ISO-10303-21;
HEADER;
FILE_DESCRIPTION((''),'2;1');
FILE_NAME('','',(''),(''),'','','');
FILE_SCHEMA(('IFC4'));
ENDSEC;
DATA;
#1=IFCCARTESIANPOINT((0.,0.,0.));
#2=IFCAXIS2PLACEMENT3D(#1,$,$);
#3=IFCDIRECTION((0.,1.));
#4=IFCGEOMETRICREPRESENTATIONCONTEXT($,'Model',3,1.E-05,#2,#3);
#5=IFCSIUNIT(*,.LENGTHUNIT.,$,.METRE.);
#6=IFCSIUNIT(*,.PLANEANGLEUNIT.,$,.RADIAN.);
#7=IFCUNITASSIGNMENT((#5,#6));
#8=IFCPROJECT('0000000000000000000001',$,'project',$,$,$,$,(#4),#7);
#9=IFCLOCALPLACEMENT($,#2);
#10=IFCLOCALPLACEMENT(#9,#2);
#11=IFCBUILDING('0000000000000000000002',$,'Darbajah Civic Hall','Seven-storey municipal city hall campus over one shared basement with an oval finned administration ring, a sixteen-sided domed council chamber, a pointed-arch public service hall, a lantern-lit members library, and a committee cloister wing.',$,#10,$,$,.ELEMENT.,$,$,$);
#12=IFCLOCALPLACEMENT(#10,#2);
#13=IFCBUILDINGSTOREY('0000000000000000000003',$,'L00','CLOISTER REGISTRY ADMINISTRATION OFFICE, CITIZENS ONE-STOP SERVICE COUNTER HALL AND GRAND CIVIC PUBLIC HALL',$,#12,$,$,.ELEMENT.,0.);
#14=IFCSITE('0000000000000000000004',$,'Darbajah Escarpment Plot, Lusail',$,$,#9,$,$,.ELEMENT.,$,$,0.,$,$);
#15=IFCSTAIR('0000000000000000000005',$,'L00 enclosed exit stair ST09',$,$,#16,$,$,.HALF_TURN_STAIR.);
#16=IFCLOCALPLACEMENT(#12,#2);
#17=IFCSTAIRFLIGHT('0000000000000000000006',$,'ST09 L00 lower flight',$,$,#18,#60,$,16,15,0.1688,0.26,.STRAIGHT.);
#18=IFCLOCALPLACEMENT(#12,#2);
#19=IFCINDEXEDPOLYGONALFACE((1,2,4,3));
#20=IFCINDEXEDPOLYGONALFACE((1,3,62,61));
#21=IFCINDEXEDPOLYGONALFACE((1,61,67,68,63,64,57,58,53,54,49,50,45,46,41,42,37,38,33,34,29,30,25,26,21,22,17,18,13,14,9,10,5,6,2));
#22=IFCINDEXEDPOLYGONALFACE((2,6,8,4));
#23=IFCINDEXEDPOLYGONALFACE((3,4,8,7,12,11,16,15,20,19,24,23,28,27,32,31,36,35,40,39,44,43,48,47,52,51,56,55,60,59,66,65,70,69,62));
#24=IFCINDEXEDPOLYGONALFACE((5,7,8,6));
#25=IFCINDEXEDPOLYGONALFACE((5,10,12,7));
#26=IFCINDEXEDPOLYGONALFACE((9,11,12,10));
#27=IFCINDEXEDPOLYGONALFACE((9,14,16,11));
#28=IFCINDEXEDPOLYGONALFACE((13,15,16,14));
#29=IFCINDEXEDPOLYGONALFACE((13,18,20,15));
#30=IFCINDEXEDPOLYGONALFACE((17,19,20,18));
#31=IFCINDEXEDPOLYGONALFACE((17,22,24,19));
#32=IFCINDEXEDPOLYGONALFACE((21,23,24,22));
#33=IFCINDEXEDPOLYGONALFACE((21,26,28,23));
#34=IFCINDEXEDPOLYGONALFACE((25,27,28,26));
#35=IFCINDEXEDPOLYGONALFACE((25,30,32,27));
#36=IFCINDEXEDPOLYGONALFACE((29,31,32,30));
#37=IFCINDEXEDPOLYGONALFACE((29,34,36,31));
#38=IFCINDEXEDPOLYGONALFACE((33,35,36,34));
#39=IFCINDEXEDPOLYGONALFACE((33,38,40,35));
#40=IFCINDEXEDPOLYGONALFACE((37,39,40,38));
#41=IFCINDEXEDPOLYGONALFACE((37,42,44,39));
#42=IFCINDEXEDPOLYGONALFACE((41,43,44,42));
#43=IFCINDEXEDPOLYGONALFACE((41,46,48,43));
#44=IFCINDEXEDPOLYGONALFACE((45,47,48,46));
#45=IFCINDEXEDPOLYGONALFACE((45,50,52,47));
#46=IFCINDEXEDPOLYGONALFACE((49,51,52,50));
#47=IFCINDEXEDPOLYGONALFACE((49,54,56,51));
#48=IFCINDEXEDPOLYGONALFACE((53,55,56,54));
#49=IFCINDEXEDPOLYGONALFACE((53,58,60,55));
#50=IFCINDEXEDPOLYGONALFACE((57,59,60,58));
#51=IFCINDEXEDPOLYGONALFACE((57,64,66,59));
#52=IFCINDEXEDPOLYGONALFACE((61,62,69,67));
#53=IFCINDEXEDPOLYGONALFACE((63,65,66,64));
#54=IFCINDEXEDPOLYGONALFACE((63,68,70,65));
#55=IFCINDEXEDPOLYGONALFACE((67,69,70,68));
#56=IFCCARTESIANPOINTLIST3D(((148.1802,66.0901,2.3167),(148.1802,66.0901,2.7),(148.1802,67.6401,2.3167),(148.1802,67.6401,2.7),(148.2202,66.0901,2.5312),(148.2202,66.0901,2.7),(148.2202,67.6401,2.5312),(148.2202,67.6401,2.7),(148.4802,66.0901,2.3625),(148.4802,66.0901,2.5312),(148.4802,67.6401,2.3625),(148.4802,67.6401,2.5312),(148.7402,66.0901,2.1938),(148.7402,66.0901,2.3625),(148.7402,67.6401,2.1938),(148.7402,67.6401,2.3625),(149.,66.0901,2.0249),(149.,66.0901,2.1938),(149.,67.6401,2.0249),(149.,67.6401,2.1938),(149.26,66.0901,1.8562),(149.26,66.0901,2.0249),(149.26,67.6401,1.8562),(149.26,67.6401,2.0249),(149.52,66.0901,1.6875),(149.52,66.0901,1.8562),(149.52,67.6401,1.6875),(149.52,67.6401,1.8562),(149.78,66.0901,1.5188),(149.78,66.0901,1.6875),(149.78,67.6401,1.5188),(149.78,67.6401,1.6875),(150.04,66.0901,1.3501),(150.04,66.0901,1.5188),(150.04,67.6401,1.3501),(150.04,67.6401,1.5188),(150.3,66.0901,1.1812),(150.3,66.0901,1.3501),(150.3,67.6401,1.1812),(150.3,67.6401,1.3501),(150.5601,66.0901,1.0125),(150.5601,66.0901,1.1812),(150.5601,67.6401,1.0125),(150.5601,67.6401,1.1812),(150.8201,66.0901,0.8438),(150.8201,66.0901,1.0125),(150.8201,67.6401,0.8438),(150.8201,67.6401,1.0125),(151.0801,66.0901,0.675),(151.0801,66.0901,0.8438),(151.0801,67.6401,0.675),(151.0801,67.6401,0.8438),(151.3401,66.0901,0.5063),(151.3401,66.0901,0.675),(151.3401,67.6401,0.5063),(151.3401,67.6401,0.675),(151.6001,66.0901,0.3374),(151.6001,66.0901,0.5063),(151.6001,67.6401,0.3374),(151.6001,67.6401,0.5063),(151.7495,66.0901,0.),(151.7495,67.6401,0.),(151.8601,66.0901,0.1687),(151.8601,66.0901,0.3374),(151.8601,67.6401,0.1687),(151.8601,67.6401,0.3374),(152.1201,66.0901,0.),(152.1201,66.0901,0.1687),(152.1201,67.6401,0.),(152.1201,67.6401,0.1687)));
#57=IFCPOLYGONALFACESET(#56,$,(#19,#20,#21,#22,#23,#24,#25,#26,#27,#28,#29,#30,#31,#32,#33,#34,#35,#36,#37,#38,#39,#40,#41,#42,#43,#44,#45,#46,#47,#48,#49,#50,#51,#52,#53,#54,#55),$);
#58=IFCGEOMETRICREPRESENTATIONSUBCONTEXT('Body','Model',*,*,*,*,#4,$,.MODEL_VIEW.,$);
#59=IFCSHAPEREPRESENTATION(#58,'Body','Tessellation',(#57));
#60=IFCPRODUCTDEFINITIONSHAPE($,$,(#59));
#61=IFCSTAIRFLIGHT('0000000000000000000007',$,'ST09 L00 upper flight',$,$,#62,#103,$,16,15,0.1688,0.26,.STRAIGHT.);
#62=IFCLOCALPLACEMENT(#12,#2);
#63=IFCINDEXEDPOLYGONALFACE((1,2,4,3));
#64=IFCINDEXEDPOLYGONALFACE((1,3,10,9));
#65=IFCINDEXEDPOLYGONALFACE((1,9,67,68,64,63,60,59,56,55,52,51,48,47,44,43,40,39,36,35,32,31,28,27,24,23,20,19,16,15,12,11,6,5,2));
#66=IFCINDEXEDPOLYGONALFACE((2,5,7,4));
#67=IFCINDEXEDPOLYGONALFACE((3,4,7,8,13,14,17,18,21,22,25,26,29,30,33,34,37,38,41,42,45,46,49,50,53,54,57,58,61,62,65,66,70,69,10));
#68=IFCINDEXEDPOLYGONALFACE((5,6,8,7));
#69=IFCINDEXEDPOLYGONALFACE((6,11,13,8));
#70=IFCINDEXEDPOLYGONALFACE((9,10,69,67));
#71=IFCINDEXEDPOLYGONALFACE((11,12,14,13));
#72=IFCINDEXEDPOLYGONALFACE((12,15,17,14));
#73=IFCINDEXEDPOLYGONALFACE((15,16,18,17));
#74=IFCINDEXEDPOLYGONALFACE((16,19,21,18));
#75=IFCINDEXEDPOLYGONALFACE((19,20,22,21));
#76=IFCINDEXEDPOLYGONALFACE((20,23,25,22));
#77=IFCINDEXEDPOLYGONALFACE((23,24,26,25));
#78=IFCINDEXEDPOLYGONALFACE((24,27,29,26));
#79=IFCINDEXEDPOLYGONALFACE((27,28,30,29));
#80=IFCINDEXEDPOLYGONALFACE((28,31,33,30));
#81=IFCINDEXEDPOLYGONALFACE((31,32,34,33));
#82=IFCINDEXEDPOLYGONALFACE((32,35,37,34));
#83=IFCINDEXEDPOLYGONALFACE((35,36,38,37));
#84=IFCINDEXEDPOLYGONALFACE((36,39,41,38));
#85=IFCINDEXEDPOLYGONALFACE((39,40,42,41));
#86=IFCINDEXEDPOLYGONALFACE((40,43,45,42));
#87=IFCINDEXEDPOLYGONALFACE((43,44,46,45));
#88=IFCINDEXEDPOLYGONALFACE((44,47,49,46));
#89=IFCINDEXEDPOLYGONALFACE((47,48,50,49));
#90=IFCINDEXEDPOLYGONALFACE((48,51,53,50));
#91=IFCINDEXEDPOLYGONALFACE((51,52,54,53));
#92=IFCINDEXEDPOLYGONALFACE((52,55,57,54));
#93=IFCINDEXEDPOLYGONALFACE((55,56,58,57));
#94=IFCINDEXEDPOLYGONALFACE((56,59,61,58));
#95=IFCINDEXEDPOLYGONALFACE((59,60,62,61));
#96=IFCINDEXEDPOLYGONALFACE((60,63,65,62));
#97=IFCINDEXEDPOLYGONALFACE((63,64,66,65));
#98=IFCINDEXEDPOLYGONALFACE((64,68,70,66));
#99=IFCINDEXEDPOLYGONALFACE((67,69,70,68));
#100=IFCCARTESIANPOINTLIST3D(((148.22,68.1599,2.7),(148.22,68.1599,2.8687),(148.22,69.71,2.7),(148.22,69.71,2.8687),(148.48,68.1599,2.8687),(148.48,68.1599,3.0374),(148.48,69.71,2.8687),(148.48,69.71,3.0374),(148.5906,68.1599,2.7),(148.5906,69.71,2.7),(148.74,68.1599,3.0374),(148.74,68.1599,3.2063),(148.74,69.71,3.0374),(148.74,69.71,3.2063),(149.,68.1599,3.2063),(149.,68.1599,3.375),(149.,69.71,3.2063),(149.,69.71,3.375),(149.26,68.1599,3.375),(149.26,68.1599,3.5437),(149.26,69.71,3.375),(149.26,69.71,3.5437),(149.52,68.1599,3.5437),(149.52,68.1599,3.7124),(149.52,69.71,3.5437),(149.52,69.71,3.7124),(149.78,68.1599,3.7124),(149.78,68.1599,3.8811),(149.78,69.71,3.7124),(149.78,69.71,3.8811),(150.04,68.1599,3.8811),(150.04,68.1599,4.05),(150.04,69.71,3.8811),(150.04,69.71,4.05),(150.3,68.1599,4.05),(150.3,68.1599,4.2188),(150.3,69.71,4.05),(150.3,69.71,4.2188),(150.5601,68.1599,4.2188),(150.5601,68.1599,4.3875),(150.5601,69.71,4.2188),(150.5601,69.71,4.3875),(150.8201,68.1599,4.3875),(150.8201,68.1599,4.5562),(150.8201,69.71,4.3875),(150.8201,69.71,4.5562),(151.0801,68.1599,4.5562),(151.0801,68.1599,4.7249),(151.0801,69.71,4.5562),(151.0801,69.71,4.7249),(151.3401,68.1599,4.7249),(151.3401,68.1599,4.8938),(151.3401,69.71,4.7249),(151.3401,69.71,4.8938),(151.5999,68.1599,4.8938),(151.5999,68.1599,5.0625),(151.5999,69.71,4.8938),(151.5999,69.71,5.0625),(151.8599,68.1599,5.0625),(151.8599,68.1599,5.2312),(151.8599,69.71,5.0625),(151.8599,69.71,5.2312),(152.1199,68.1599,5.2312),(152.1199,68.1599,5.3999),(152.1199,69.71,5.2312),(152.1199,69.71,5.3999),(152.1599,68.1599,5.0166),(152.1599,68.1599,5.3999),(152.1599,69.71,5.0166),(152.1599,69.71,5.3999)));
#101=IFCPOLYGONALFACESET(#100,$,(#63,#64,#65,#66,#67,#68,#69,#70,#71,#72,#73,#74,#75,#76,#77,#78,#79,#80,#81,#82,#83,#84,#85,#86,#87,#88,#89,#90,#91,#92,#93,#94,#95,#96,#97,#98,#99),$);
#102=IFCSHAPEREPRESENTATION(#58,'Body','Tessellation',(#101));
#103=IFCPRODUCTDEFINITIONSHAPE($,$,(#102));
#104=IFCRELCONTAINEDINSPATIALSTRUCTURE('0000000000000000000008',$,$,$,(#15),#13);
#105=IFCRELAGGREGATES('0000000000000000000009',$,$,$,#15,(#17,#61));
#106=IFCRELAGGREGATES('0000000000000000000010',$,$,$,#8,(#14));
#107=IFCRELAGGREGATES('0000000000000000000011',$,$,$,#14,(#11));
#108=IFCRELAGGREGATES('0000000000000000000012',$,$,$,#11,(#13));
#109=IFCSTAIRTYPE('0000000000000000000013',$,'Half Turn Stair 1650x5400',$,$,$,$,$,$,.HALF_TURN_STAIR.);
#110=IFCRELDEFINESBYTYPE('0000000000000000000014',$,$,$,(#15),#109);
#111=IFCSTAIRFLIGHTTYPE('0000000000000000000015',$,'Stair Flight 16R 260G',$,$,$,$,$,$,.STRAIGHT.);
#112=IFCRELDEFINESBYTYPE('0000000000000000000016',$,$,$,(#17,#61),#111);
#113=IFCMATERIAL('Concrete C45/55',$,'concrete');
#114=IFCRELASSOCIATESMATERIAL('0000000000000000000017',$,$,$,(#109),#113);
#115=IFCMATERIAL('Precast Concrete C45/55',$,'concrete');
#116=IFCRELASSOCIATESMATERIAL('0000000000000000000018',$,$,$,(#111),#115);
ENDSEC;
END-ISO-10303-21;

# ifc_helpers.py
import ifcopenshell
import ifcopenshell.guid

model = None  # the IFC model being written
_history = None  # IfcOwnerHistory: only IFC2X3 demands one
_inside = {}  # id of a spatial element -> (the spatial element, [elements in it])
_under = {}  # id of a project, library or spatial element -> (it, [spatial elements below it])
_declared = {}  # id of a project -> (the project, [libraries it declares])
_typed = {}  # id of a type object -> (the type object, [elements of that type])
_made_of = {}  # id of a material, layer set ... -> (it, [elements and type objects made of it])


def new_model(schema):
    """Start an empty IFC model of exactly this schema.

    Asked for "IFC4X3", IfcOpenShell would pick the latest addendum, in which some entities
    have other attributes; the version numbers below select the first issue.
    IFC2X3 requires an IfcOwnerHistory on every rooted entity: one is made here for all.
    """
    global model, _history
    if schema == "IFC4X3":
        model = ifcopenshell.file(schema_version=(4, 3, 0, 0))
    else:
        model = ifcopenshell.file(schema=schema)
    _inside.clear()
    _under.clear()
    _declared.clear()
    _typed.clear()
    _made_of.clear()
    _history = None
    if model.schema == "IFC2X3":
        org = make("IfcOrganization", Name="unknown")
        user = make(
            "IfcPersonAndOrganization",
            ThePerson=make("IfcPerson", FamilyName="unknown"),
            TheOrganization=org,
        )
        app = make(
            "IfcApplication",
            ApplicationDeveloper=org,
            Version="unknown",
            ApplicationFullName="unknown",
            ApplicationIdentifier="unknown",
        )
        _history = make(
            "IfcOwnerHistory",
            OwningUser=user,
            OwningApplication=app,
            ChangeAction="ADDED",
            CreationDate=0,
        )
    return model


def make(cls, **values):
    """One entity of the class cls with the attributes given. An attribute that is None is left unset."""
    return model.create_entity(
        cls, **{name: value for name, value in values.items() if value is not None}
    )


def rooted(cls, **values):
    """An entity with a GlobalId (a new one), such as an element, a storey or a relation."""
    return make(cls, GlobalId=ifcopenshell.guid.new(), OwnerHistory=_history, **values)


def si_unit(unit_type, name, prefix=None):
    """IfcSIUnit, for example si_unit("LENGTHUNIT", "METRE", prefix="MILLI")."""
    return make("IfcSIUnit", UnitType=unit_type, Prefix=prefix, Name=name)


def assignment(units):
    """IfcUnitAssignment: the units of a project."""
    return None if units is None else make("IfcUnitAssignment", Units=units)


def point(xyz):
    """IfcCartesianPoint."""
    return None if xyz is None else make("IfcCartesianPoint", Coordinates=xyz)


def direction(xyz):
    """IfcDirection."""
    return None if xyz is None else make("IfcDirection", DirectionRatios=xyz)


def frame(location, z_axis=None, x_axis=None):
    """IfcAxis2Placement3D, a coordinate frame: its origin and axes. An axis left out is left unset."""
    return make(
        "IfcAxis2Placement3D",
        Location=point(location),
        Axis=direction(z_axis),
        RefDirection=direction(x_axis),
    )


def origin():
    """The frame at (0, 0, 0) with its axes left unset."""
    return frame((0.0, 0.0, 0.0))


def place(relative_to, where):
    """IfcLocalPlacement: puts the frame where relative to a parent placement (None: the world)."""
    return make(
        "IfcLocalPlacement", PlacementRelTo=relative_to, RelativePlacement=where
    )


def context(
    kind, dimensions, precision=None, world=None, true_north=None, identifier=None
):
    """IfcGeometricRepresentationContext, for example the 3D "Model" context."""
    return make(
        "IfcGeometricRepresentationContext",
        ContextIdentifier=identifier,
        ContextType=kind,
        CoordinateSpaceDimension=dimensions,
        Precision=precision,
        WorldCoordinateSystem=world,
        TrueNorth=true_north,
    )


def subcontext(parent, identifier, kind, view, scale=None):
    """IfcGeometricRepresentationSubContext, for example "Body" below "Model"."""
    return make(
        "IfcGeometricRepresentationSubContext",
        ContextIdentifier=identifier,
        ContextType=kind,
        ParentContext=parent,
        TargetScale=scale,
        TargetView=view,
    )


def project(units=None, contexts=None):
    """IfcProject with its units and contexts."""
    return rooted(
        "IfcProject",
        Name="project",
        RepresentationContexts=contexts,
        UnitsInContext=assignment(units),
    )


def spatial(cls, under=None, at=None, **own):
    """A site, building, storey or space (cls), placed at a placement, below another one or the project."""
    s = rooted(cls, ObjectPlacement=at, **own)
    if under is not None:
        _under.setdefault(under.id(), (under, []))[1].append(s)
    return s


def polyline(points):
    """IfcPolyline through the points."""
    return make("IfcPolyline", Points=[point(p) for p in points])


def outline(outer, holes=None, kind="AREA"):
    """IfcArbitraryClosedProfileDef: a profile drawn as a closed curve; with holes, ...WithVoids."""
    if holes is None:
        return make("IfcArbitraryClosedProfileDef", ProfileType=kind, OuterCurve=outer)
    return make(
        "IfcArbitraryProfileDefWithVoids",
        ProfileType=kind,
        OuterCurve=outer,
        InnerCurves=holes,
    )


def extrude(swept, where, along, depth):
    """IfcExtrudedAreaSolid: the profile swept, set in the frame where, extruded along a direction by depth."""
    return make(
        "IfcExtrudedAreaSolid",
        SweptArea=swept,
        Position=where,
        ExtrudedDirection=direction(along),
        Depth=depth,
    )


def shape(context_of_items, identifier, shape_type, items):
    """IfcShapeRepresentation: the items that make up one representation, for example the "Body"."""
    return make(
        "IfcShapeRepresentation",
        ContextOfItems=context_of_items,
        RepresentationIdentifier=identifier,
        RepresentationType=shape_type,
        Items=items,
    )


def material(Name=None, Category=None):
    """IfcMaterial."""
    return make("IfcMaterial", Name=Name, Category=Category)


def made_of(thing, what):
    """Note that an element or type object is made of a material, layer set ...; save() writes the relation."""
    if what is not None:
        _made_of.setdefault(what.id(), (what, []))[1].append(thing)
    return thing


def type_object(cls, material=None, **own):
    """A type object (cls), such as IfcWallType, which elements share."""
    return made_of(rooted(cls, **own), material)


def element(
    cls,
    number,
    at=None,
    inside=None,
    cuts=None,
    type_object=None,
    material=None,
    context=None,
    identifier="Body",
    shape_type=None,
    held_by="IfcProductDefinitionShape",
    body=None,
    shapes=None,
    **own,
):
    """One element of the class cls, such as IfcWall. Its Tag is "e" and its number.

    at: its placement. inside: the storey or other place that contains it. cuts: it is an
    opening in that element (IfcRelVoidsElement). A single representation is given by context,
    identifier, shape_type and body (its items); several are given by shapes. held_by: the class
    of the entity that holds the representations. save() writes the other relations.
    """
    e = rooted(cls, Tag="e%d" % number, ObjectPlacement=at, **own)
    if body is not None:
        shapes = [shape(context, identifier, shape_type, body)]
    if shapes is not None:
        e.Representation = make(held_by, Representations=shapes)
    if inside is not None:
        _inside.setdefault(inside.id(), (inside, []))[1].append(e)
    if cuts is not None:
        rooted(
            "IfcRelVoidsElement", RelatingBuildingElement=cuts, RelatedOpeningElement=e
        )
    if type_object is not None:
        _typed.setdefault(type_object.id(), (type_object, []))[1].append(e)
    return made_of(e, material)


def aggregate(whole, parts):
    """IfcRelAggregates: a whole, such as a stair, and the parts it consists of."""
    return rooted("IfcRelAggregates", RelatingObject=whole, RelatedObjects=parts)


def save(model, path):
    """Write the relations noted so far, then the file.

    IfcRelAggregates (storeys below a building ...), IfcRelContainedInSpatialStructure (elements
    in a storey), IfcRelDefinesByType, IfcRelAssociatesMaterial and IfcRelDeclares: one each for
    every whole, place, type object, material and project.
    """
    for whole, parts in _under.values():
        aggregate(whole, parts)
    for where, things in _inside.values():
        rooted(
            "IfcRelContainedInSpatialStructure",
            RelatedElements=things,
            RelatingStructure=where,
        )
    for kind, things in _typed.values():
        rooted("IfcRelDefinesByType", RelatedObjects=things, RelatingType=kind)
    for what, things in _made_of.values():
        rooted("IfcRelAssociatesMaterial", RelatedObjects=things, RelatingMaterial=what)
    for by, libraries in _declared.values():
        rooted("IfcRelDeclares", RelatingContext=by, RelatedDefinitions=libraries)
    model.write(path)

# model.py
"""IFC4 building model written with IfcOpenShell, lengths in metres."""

from ifc_helpers import new_model, si_unit, direction, frame, origin, place, context, subcontext, project, spatial, polyline, outline, extrude, material, type_object, element, aggregate, save


model = new_model("IFC4")

# Units and contexts
model_context = context("Model", 3, precision=1e-05, world=origin(), true_north=direction((0.0, 1.0)))
body_context = subcontext(model_context, "Body", "Model", "MODEL_VIEW")
ifc_project = project(units=[si_unit("LENGTHUNIT", "METRE"), si_unit("PLANEANGLEUNIT", "RADIAN")], contexts=[model_context])

# Site, building, storey
site_placement = place(None, origin())
site = spatial("IfcSite", under=ifc_project, at=site_placement, Name="Darbajah Escarpment Plot, Lusail", CompositionType="ELEMENT", RefElevation=0.0)
building_placement = place(site_placement, origin())
building = spatial("IfcBuilding", under=site, at=building_placement, Name="Darbajah Civic Hall", Description="Seven-storey municipal city hall campus over one shared basement with an oval finned administration ring, a sixteen-sided domed council chamber, a pointed-arch public service hall, a lantern-lit members library, and a committee cloister wing.", CompositionType="ELEMENT")
storey_placement = place(building_placement, origin())
storey = spatial("IfcBuildingStorey", under=building, at=storey_placement, Name="L00", Description="CLOISTER REGISTRY ADMINISTRATION OFFICE, CITIZENS ONE-STOP SERVICE COUNTER HALL AND GRAND CIVIC PUBLIC HALL", CompositionType="ELEMENT", Elevation=0.0)

# Shared definitions
ifc_material_1 = material(Name="Concrete C45/55", Category="concrete")

# Stair, stair flights
stair_type = type_object("IfcStairType", Name="Half Turn Stair 1650x5400", PredefinedType="HALF_TURN_STAIR", material=ifc_material_1)
stair_placement = place(storey_placement, origin())
stair = element("IfcStair", 1, at=stair_placement, inside=storey, type_object=stair_type, Name="L00 enclosed exit stair ST09", PredefinedType="HALF_TURN_STAIR")
ifc_material_2 = material(Name="Precast Concrete C45/55", Category="concrete")
stair_flight_type = type_object("IfcStairFlightType", Name="Stair Flight 16R 260G", PredefinedType="STRAIGHT", material=ifc_material_2)
stair_flight_1_placement = place(storey_placement, frame((152.1201, 66.865, 0.0), z_axis=(0.0, 0.0, 1.0), x_axis=(-1.0, 0.0, 0.0)))
stair_flight_1 = element("IfcStairFlight", 2, at=stair_flight_1_placement, type_object=stair_flight_type, Name="ST09 L00 lower flight", NumberOfRisers=16, NumberOfTreads=15, PredefinedType="STRAIGHT", RiserHeight=0.1688, TreadLength=0.26, context=body_context, shape_type="SweptSolid", body=[
    extrude(outline(polyline([(0.0, 0.0), (0.0, 0.1687), (0.26, 0.1687), (0.26, 0.3374), (0.52, 0.3374), (0.52, 0.5063), (0.78, 0.5063), (0.78, 0.675), (1.04, 0.675), (1.04, 0.8438), (1.3, 0.8438), (1.3, 1.0125), (1.5601, 1.0125), (1.5601, 1.1812), (1.8201, 1.1812), (1.8201, 1.3501), (2.0801, 1.3501), (2.0801, 1.5188), (2.3401, 1.5188), (2.3401, 1.6875), (2.6001, 1.6875), (2.6001, 1.8562), (2.8601, 1.8562), (2.8601, 2.0249), (3.1201, 2.0249), (3.1201, 2.1938), (3.3799, 2.1938), (3.3799, 2.3625), (3.6399, 2.3625), (3.6399, 2.5312), (3.8999, 2.5312), (3.8999, 2.7), (3.9399, 2.7), (3.9399, 2.3167), (0.3706, 0.0), (0.0, 0.0)])), frame((0.0, 0.7749, 0.0), z_axis=(0.0, -1.0, 0.0), x_axis=(1.0, 0.0, 0.0)), (0.0, 0.0, 1.0), 1.55),
])
stair_flight_2_placement = place(storey_placement, frame((148.22, 68.9351, 2.7), z_axis=(0.0, 0.0, 1.0), x_axis=(1.0, 0.0, 0.0)))
stair_flight_2 = element("IfcStairFlight", 3, at=stair_flight_2_placement, type_object=stair_flight_type, Name="ST09 L00 upper flight", NumberOfRisers=16, NumberOfTreads=15, PredefinedType="STRAIGHT", RiserHeight=0.1688, TreadLength=0.26, context=body_context, shape_type="SweptSolid", body=[
    extrude(outline(polyline([(0.0, 0.0), (0.0, 0.1687), (0.26, 0.1687), (0.26, 0.3374), (0.52, 0.3374), (0.52, 0.5063), (0.78, 0.5063), (0.78, 0.675), (1.04, 0.675), (1.04, 0.8438), (1.3, 0.8438), (1.3, 1.0125), (1.5601, 1.0125), (1.5601, 1.1812), (1.8201, 1.1812), (1.8201, 1.3501), (2.0801, 1.3501), (2.0801, 1.5188), (2.3401, 1.5188), (2.3401, 1.6875), (2.6001, 1.6875), (2.6001, 1.8562), (2.8601, 1.8562), (2.8601, 2.0249), (3.1201, 2.0249), (3.1201, 2.1938), (3.3799, 2.1938), (3.3799, 2.3625), (3.6399, 2.3625), (3.6399, 2.5312), (3.8999, 2.5312), (3.8999, 2.7), (3.9399, 2.7), (3.9399, 2.3167), (0.3706, 0.0), (0.0, 0.0)])), frame((0.0, 0.7749, 0.0), z_axis=(0.0, -1.0, 0.0), x_axis=(1.0, 0.0, 0.0)), (0.0, 0.0, 1.0), 1.55),
])
aggregate(stair, [stair_flight_1, stair_flight_2])

save(model, "model.ifc")
